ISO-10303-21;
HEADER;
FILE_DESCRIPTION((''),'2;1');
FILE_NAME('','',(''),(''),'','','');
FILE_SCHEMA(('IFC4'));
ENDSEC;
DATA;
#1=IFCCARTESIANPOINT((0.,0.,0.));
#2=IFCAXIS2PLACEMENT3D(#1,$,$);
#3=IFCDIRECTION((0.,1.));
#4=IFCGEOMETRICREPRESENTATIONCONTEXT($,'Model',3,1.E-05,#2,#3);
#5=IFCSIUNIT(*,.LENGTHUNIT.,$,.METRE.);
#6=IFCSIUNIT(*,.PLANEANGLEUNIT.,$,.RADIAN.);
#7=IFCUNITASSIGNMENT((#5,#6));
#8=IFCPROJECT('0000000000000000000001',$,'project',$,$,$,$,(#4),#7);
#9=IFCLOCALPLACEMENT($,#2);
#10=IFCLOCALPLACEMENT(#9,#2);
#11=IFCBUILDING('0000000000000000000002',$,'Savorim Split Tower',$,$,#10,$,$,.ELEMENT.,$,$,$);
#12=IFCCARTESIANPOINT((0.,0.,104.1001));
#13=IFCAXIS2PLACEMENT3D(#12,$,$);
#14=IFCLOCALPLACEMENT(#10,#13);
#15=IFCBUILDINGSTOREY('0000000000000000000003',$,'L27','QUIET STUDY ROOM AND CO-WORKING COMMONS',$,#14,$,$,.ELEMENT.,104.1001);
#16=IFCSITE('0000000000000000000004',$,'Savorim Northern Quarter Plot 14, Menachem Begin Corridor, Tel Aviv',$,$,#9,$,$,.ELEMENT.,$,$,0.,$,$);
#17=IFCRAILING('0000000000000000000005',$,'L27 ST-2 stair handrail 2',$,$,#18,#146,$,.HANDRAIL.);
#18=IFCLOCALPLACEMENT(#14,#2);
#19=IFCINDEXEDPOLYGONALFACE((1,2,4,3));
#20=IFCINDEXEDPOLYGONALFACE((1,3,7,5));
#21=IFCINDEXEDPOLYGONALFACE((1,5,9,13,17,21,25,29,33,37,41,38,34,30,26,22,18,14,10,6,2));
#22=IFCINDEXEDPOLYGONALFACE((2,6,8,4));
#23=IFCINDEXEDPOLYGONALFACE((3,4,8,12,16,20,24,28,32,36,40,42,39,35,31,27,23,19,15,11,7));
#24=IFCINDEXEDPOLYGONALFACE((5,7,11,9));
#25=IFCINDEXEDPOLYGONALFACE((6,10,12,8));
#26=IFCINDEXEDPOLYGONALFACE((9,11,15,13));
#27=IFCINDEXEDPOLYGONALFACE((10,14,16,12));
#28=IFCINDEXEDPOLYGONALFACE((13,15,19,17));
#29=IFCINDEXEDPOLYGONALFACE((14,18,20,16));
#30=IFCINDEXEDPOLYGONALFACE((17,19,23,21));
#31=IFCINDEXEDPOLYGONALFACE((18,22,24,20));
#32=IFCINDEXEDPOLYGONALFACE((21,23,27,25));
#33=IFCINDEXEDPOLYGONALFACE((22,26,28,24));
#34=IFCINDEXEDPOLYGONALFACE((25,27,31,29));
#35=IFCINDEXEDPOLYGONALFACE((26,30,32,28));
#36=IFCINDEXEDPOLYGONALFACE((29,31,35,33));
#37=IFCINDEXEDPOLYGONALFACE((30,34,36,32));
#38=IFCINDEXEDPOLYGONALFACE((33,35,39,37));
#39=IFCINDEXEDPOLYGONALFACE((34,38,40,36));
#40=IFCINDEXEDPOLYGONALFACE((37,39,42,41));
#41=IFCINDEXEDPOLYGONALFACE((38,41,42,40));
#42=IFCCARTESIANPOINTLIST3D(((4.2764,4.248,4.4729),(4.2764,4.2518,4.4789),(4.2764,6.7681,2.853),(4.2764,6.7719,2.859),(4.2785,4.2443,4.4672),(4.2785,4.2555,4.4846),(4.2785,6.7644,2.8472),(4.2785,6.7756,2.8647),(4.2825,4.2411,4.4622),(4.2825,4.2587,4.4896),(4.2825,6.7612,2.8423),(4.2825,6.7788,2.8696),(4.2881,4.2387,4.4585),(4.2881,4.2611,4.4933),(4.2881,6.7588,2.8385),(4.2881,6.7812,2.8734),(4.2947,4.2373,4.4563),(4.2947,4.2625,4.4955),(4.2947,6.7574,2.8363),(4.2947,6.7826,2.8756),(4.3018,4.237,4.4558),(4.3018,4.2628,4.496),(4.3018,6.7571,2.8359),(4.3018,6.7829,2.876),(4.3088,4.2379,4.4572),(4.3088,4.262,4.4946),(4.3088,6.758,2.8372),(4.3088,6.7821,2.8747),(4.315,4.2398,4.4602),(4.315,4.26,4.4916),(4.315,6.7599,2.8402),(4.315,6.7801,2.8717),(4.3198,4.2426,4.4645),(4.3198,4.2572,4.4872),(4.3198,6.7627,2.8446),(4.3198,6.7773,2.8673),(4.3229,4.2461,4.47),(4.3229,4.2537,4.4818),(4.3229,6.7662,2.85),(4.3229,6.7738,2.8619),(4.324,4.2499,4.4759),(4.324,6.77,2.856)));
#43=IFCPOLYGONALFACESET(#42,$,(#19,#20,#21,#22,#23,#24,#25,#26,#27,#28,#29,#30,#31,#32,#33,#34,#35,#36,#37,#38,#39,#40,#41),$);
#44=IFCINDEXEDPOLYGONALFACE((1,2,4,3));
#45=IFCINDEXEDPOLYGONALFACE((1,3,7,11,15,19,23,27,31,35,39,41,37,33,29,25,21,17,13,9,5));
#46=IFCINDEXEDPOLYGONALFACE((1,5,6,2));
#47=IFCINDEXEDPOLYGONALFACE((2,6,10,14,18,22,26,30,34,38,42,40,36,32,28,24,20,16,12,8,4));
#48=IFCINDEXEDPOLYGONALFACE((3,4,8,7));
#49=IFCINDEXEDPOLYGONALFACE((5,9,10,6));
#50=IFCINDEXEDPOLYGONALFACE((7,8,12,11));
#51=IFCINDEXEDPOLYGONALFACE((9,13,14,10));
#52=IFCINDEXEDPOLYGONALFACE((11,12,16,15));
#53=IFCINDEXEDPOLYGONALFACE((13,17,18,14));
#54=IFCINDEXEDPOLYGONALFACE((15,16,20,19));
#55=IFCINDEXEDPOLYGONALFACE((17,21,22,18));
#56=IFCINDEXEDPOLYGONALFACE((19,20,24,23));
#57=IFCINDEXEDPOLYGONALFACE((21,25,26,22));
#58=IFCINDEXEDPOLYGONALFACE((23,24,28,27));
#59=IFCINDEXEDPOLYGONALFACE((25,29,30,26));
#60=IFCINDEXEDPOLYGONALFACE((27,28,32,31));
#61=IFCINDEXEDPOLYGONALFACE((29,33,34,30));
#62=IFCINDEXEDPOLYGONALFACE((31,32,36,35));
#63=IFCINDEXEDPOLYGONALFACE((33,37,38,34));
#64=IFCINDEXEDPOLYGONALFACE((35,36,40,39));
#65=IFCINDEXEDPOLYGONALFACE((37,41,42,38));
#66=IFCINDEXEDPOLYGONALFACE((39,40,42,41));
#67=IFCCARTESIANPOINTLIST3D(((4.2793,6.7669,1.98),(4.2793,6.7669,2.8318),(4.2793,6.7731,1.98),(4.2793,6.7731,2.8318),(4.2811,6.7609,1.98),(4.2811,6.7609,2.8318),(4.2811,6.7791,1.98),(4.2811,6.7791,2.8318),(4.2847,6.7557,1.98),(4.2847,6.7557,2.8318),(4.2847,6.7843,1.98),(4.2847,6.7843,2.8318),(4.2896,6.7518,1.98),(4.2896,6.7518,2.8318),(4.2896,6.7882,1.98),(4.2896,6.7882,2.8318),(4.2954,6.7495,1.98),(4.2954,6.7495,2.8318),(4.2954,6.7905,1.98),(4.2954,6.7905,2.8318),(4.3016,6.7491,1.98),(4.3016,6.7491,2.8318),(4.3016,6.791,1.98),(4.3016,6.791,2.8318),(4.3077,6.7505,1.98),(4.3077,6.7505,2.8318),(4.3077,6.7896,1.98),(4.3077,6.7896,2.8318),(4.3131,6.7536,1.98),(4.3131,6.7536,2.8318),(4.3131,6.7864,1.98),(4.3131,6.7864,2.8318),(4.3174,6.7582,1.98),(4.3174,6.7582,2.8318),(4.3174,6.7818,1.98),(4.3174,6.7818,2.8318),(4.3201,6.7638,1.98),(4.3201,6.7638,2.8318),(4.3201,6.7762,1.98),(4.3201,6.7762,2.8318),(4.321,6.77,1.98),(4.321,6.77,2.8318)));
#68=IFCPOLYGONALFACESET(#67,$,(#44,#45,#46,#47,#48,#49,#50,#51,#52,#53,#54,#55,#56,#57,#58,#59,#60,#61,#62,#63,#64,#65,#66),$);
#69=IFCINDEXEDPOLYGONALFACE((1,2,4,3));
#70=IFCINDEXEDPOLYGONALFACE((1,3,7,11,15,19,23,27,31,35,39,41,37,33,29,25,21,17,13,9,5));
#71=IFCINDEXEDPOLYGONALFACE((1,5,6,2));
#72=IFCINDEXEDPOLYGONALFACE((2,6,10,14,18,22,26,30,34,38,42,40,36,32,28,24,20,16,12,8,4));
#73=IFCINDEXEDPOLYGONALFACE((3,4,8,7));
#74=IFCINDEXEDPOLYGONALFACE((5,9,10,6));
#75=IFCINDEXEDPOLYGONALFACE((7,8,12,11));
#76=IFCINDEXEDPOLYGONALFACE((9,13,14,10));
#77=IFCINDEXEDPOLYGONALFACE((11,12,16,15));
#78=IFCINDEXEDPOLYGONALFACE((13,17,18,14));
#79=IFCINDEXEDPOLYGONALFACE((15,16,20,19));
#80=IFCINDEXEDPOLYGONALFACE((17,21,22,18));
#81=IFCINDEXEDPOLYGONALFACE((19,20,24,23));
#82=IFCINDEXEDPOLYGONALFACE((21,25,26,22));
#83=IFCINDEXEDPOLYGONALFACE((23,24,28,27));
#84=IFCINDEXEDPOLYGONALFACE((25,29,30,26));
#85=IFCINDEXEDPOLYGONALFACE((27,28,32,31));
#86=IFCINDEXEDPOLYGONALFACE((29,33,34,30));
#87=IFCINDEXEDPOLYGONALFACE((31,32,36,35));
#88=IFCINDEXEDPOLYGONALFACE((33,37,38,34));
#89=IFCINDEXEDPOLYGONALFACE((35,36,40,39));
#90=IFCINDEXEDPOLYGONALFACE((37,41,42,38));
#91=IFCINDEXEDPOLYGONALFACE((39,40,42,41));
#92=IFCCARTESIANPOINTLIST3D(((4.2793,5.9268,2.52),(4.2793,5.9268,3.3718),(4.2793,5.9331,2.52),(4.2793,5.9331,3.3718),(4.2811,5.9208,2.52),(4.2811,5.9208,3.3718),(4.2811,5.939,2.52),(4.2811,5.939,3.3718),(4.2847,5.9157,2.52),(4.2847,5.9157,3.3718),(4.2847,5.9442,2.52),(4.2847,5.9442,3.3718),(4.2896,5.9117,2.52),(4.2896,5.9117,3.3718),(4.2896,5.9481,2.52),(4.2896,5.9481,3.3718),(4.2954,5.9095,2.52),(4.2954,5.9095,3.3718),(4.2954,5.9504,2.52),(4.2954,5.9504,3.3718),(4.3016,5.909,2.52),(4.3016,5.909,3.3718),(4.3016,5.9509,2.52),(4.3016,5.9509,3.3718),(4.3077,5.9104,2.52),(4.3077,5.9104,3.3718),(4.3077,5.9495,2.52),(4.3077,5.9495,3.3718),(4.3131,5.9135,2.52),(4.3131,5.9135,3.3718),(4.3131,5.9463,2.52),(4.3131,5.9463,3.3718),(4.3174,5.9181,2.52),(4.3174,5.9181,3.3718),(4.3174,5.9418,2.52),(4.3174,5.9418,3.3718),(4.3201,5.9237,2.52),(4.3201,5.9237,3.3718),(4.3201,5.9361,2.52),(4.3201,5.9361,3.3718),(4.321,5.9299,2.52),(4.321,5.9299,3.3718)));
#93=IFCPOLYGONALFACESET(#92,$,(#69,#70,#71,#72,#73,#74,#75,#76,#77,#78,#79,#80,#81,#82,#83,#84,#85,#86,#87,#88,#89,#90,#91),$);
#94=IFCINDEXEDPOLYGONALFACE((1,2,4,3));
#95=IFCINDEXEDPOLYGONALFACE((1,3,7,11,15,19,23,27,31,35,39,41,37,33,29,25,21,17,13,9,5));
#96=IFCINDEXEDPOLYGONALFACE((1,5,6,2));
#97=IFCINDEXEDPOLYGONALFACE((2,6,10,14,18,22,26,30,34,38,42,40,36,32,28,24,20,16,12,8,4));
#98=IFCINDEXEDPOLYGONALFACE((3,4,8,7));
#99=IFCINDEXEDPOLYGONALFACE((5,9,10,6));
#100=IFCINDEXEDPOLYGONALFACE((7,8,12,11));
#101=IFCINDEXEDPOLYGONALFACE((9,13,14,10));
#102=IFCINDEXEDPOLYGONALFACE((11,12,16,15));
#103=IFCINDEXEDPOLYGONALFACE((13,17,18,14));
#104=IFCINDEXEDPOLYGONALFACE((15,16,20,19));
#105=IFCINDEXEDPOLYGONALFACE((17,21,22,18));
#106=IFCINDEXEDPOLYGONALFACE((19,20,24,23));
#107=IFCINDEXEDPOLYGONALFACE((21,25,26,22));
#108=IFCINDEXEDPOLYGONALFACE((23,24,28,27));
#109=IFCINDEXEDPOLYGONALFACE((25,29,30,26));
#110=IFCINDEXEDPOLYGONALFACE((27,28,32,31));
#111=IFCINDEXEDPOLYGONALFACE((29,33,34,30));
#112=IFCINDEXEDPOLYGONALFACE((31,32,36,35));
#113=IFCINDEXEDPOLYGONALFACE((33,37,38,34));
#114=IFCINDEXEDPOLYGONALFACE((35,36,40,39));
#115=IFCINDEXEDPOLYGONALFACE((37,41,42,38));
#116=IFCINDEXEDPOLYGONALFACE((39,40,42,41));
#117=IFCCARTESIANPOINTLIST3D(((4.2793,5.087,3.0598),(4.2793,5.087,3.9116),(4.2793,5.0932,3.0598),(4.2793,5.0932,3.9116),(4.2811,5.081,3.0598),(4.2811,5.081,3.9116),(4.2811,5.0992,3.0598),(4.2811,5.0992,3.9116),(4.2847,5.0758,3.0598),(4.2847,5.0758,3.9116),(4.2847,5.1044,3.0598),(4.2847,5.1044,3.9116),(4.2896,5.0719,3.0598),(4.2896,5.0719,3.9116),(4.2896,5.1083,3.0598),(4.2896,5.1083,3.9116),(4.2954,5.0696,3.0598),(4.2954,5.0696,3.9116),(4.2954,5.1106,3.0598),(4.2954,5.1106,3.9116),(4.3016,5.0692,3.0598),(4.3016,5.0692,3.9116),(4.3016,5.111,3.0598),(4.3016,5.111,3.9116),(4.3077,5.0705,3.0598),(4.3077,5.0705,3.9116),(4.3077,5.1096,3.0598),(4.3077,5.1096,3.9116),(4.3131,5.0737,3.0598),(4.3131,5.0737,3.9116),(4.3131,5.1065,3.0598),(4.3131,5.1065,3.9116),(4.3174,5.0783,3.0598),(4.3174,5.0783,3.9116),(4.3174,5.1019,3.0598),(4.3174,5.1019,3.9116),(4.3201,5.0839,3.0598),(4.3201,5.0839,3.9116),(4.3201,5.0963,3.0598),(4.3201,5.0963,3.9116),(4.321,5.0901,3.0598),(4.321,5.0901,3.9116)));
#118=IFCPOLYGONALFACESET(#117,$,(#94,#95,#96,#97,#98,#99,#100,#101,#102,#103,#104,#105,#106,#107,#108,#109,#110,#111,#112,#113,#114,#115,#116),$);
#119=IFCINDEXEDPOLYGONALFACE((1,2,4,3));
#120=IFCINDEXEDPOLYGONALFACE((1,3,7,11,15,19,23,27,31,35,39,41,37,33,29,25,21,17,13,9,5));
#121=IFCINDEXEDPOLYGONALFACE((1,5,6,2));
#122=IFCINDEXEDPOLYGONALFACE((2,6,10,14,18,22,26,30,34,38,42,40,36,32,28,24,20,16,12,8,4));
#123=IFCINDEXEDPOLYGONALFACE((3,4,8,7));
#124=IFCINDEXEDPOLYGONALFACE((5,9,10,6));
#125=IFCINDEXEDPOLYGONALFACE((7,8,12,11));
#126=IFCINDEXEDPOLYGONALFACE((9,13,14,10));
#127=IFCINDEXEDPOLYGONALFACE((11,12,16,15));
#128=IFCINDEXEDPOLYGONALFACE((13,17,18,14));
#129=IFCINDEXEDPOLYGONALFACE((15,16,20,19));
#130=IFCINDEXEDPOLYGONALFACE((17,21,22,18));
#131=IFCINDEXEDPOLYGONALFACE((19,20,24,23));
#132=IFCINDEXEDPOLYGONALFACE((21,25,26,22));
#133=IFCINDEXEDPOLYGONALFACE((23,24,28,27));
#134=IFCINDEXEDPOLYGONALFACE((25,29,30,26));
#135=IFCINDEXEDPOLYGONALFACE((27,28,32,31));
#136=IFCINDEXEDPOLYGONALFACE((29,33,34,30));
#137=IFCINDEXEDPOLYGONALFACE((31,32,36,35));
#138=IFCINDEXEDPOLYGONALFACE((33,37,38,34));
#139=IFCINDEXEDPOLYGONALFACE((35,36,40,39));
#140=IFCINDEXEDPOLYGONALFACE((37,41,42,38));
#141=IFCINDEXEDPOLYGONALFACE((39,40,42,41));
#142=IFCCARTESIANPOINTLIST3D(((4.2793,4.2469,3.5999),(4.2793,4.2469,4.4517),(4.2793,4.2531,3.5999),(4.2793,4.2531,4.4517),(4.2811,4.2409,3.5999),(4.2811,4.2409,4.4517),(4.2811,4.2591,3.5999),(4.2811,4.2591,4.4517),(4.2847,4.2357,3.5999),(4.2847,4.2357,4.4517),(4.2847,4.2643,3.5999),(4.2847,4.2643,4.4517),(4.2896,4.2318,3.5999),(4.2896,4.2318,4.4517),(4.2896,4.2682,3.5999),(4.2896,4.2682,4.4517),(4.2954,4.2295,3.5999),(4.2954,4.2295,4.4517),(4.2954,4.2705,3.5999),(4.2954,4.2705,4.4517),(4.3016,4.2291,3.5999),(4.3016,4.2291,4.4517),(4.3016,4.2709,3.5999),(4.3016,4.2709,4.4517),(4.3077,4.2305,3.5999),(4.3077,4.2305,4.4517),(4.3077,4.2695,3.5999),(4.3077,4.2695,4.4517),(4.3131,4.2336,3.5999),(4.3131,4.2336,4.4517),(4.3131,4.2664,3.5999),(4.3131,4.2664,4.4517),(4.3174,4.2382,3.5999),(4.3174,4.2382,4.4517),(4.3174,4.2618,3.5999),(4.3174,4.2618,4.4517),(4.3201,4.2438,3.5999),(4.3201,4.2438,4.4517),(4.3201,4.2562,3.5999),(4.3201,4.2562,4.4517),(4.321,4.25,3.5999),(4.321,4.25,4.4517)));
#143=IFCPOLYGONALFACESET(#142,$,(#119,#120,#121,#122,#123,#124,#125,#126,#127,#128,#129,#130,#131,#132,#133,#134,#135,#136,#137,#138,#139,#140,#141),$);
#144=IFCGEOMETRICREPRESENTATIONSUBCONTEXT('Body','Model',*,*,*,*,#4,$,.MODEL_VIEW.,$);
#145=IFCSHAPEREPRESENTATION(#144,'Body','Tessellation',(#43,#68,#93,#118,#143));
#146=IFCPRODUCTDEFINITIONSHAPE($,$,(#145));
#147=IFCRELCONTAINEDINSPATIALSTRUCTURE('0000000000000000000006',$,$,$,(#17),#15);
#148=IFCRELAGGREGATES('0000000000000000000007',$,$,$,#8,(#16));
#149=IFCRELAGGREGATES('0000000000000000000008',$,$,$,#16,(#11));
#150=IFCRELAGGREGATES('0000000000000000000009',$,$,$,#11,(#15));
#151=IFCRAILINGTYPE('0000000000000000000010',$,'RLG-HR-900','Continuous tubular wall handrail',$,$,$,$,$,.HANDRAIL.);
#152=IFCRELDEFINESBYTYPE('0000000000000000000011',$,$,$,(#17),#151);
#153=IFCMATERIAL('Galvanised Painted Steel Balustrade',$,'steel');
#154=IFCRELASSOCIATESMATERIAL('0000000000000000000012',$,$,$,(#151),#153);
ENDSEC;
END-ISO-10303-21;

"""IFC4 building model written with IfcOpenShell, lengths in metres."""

from ifc_helpers import new_model, si_unit, direction, frame, origin, origin_2d, place, context, subcontext, project, spatial, circle, extrude, material, type_object, element, save


model = new_model("IFC4")

# Units and contexts
model_context = context("Model", 3, precision=1e-05, world=origin(), true_north=direction((0.0, 1.0)))
body_context = subcontext(model_context, "Body", "Model", "MODEL_VIEW")
ifc_project = project(units=[si_unit("LENGTHUNIT", "METRE"), si_unit("PLANEANGLEUNIT", "RADIAN")], contexts=[model_context])

# Site, building, storey
site_placement = place(None, origin())
site = spatial("IfcSite", under=ifc_project, at=site_placement, Name="Savorim Northern Quarter Plot 14, Menachem Begin Corridor, Tel Aviv", CompositionType="ELEMENT", RefElevation=0.0)
building_placement = place(site_placement, origin())
building = spatial("IfcBuilding", under=site, at=building_placement, Name="Savorim Split Tower", CompositionType="ELEMENT")
storey_placement = place(building_placement, frame((0.0, 0.0, 104.1001)))
storey = spatial("IfcBuildingStorey", under=building, at=storey_placement, Name="L27", Description="QUIET STUDY ROOM AND CO-WORKING COMMONS", CompositionType="ELEMENT", Elevation=104.1001)

# Railing
ifc_material_1 = material(Name="Galvanised Painted Steel Balustrade", Category="steel")
railing_type_1 = type_object("IfcRailingType", Name="RLG-HR-900", Description="Continuous tubular wall handrail", PredefinedType="HANDRAIL", material=ifc_material_1)
railing_1_placement = place(storey_placement, frame((4.3, 6.77, 1.98)))
element("IfcRailing", 1, at=railing_1_placement, inside=storey, type_object=railing_type_1, Name="L27 ST-2 stair handrail 2", PredefinedType="HANDRAIL", context=body_context, shape_type="SweptSolid", body=[
    extrude(circle(Radius=0.0239, at=origin_2d()), frame((0.0, 0.0, 0.876), z_axis=(0.0, -0.8412, 0.540725), x_axis=(1.0, 0.0, 0.0)), (0.0, 0.0, 1.0), 2.9958),
    extrude(circle(Radius=0.021, at=origin_2d()), origin(), (0.0, 0.0, 1.0), 0.8518),
    extrude(circle(Radius=0.021, at=origin_2d()), frame((0.0, -0.8401, 0.54)), (0.0, 0.0, 1.0), 0.8518),
    extrude(circle(Radius=0.021, at=origin_2d()), frame((0.0, -1.6799, 1.0798)), (0.0, 0.0, 1.0), 0.8518),
    extrude(circle(Radius=0.021, at=origin_2d()), frame((0.0, -2.52, 1.6199)), (0.0, 0.0, 1.0), 0.8518),
])

save(model, "model.ifc")
